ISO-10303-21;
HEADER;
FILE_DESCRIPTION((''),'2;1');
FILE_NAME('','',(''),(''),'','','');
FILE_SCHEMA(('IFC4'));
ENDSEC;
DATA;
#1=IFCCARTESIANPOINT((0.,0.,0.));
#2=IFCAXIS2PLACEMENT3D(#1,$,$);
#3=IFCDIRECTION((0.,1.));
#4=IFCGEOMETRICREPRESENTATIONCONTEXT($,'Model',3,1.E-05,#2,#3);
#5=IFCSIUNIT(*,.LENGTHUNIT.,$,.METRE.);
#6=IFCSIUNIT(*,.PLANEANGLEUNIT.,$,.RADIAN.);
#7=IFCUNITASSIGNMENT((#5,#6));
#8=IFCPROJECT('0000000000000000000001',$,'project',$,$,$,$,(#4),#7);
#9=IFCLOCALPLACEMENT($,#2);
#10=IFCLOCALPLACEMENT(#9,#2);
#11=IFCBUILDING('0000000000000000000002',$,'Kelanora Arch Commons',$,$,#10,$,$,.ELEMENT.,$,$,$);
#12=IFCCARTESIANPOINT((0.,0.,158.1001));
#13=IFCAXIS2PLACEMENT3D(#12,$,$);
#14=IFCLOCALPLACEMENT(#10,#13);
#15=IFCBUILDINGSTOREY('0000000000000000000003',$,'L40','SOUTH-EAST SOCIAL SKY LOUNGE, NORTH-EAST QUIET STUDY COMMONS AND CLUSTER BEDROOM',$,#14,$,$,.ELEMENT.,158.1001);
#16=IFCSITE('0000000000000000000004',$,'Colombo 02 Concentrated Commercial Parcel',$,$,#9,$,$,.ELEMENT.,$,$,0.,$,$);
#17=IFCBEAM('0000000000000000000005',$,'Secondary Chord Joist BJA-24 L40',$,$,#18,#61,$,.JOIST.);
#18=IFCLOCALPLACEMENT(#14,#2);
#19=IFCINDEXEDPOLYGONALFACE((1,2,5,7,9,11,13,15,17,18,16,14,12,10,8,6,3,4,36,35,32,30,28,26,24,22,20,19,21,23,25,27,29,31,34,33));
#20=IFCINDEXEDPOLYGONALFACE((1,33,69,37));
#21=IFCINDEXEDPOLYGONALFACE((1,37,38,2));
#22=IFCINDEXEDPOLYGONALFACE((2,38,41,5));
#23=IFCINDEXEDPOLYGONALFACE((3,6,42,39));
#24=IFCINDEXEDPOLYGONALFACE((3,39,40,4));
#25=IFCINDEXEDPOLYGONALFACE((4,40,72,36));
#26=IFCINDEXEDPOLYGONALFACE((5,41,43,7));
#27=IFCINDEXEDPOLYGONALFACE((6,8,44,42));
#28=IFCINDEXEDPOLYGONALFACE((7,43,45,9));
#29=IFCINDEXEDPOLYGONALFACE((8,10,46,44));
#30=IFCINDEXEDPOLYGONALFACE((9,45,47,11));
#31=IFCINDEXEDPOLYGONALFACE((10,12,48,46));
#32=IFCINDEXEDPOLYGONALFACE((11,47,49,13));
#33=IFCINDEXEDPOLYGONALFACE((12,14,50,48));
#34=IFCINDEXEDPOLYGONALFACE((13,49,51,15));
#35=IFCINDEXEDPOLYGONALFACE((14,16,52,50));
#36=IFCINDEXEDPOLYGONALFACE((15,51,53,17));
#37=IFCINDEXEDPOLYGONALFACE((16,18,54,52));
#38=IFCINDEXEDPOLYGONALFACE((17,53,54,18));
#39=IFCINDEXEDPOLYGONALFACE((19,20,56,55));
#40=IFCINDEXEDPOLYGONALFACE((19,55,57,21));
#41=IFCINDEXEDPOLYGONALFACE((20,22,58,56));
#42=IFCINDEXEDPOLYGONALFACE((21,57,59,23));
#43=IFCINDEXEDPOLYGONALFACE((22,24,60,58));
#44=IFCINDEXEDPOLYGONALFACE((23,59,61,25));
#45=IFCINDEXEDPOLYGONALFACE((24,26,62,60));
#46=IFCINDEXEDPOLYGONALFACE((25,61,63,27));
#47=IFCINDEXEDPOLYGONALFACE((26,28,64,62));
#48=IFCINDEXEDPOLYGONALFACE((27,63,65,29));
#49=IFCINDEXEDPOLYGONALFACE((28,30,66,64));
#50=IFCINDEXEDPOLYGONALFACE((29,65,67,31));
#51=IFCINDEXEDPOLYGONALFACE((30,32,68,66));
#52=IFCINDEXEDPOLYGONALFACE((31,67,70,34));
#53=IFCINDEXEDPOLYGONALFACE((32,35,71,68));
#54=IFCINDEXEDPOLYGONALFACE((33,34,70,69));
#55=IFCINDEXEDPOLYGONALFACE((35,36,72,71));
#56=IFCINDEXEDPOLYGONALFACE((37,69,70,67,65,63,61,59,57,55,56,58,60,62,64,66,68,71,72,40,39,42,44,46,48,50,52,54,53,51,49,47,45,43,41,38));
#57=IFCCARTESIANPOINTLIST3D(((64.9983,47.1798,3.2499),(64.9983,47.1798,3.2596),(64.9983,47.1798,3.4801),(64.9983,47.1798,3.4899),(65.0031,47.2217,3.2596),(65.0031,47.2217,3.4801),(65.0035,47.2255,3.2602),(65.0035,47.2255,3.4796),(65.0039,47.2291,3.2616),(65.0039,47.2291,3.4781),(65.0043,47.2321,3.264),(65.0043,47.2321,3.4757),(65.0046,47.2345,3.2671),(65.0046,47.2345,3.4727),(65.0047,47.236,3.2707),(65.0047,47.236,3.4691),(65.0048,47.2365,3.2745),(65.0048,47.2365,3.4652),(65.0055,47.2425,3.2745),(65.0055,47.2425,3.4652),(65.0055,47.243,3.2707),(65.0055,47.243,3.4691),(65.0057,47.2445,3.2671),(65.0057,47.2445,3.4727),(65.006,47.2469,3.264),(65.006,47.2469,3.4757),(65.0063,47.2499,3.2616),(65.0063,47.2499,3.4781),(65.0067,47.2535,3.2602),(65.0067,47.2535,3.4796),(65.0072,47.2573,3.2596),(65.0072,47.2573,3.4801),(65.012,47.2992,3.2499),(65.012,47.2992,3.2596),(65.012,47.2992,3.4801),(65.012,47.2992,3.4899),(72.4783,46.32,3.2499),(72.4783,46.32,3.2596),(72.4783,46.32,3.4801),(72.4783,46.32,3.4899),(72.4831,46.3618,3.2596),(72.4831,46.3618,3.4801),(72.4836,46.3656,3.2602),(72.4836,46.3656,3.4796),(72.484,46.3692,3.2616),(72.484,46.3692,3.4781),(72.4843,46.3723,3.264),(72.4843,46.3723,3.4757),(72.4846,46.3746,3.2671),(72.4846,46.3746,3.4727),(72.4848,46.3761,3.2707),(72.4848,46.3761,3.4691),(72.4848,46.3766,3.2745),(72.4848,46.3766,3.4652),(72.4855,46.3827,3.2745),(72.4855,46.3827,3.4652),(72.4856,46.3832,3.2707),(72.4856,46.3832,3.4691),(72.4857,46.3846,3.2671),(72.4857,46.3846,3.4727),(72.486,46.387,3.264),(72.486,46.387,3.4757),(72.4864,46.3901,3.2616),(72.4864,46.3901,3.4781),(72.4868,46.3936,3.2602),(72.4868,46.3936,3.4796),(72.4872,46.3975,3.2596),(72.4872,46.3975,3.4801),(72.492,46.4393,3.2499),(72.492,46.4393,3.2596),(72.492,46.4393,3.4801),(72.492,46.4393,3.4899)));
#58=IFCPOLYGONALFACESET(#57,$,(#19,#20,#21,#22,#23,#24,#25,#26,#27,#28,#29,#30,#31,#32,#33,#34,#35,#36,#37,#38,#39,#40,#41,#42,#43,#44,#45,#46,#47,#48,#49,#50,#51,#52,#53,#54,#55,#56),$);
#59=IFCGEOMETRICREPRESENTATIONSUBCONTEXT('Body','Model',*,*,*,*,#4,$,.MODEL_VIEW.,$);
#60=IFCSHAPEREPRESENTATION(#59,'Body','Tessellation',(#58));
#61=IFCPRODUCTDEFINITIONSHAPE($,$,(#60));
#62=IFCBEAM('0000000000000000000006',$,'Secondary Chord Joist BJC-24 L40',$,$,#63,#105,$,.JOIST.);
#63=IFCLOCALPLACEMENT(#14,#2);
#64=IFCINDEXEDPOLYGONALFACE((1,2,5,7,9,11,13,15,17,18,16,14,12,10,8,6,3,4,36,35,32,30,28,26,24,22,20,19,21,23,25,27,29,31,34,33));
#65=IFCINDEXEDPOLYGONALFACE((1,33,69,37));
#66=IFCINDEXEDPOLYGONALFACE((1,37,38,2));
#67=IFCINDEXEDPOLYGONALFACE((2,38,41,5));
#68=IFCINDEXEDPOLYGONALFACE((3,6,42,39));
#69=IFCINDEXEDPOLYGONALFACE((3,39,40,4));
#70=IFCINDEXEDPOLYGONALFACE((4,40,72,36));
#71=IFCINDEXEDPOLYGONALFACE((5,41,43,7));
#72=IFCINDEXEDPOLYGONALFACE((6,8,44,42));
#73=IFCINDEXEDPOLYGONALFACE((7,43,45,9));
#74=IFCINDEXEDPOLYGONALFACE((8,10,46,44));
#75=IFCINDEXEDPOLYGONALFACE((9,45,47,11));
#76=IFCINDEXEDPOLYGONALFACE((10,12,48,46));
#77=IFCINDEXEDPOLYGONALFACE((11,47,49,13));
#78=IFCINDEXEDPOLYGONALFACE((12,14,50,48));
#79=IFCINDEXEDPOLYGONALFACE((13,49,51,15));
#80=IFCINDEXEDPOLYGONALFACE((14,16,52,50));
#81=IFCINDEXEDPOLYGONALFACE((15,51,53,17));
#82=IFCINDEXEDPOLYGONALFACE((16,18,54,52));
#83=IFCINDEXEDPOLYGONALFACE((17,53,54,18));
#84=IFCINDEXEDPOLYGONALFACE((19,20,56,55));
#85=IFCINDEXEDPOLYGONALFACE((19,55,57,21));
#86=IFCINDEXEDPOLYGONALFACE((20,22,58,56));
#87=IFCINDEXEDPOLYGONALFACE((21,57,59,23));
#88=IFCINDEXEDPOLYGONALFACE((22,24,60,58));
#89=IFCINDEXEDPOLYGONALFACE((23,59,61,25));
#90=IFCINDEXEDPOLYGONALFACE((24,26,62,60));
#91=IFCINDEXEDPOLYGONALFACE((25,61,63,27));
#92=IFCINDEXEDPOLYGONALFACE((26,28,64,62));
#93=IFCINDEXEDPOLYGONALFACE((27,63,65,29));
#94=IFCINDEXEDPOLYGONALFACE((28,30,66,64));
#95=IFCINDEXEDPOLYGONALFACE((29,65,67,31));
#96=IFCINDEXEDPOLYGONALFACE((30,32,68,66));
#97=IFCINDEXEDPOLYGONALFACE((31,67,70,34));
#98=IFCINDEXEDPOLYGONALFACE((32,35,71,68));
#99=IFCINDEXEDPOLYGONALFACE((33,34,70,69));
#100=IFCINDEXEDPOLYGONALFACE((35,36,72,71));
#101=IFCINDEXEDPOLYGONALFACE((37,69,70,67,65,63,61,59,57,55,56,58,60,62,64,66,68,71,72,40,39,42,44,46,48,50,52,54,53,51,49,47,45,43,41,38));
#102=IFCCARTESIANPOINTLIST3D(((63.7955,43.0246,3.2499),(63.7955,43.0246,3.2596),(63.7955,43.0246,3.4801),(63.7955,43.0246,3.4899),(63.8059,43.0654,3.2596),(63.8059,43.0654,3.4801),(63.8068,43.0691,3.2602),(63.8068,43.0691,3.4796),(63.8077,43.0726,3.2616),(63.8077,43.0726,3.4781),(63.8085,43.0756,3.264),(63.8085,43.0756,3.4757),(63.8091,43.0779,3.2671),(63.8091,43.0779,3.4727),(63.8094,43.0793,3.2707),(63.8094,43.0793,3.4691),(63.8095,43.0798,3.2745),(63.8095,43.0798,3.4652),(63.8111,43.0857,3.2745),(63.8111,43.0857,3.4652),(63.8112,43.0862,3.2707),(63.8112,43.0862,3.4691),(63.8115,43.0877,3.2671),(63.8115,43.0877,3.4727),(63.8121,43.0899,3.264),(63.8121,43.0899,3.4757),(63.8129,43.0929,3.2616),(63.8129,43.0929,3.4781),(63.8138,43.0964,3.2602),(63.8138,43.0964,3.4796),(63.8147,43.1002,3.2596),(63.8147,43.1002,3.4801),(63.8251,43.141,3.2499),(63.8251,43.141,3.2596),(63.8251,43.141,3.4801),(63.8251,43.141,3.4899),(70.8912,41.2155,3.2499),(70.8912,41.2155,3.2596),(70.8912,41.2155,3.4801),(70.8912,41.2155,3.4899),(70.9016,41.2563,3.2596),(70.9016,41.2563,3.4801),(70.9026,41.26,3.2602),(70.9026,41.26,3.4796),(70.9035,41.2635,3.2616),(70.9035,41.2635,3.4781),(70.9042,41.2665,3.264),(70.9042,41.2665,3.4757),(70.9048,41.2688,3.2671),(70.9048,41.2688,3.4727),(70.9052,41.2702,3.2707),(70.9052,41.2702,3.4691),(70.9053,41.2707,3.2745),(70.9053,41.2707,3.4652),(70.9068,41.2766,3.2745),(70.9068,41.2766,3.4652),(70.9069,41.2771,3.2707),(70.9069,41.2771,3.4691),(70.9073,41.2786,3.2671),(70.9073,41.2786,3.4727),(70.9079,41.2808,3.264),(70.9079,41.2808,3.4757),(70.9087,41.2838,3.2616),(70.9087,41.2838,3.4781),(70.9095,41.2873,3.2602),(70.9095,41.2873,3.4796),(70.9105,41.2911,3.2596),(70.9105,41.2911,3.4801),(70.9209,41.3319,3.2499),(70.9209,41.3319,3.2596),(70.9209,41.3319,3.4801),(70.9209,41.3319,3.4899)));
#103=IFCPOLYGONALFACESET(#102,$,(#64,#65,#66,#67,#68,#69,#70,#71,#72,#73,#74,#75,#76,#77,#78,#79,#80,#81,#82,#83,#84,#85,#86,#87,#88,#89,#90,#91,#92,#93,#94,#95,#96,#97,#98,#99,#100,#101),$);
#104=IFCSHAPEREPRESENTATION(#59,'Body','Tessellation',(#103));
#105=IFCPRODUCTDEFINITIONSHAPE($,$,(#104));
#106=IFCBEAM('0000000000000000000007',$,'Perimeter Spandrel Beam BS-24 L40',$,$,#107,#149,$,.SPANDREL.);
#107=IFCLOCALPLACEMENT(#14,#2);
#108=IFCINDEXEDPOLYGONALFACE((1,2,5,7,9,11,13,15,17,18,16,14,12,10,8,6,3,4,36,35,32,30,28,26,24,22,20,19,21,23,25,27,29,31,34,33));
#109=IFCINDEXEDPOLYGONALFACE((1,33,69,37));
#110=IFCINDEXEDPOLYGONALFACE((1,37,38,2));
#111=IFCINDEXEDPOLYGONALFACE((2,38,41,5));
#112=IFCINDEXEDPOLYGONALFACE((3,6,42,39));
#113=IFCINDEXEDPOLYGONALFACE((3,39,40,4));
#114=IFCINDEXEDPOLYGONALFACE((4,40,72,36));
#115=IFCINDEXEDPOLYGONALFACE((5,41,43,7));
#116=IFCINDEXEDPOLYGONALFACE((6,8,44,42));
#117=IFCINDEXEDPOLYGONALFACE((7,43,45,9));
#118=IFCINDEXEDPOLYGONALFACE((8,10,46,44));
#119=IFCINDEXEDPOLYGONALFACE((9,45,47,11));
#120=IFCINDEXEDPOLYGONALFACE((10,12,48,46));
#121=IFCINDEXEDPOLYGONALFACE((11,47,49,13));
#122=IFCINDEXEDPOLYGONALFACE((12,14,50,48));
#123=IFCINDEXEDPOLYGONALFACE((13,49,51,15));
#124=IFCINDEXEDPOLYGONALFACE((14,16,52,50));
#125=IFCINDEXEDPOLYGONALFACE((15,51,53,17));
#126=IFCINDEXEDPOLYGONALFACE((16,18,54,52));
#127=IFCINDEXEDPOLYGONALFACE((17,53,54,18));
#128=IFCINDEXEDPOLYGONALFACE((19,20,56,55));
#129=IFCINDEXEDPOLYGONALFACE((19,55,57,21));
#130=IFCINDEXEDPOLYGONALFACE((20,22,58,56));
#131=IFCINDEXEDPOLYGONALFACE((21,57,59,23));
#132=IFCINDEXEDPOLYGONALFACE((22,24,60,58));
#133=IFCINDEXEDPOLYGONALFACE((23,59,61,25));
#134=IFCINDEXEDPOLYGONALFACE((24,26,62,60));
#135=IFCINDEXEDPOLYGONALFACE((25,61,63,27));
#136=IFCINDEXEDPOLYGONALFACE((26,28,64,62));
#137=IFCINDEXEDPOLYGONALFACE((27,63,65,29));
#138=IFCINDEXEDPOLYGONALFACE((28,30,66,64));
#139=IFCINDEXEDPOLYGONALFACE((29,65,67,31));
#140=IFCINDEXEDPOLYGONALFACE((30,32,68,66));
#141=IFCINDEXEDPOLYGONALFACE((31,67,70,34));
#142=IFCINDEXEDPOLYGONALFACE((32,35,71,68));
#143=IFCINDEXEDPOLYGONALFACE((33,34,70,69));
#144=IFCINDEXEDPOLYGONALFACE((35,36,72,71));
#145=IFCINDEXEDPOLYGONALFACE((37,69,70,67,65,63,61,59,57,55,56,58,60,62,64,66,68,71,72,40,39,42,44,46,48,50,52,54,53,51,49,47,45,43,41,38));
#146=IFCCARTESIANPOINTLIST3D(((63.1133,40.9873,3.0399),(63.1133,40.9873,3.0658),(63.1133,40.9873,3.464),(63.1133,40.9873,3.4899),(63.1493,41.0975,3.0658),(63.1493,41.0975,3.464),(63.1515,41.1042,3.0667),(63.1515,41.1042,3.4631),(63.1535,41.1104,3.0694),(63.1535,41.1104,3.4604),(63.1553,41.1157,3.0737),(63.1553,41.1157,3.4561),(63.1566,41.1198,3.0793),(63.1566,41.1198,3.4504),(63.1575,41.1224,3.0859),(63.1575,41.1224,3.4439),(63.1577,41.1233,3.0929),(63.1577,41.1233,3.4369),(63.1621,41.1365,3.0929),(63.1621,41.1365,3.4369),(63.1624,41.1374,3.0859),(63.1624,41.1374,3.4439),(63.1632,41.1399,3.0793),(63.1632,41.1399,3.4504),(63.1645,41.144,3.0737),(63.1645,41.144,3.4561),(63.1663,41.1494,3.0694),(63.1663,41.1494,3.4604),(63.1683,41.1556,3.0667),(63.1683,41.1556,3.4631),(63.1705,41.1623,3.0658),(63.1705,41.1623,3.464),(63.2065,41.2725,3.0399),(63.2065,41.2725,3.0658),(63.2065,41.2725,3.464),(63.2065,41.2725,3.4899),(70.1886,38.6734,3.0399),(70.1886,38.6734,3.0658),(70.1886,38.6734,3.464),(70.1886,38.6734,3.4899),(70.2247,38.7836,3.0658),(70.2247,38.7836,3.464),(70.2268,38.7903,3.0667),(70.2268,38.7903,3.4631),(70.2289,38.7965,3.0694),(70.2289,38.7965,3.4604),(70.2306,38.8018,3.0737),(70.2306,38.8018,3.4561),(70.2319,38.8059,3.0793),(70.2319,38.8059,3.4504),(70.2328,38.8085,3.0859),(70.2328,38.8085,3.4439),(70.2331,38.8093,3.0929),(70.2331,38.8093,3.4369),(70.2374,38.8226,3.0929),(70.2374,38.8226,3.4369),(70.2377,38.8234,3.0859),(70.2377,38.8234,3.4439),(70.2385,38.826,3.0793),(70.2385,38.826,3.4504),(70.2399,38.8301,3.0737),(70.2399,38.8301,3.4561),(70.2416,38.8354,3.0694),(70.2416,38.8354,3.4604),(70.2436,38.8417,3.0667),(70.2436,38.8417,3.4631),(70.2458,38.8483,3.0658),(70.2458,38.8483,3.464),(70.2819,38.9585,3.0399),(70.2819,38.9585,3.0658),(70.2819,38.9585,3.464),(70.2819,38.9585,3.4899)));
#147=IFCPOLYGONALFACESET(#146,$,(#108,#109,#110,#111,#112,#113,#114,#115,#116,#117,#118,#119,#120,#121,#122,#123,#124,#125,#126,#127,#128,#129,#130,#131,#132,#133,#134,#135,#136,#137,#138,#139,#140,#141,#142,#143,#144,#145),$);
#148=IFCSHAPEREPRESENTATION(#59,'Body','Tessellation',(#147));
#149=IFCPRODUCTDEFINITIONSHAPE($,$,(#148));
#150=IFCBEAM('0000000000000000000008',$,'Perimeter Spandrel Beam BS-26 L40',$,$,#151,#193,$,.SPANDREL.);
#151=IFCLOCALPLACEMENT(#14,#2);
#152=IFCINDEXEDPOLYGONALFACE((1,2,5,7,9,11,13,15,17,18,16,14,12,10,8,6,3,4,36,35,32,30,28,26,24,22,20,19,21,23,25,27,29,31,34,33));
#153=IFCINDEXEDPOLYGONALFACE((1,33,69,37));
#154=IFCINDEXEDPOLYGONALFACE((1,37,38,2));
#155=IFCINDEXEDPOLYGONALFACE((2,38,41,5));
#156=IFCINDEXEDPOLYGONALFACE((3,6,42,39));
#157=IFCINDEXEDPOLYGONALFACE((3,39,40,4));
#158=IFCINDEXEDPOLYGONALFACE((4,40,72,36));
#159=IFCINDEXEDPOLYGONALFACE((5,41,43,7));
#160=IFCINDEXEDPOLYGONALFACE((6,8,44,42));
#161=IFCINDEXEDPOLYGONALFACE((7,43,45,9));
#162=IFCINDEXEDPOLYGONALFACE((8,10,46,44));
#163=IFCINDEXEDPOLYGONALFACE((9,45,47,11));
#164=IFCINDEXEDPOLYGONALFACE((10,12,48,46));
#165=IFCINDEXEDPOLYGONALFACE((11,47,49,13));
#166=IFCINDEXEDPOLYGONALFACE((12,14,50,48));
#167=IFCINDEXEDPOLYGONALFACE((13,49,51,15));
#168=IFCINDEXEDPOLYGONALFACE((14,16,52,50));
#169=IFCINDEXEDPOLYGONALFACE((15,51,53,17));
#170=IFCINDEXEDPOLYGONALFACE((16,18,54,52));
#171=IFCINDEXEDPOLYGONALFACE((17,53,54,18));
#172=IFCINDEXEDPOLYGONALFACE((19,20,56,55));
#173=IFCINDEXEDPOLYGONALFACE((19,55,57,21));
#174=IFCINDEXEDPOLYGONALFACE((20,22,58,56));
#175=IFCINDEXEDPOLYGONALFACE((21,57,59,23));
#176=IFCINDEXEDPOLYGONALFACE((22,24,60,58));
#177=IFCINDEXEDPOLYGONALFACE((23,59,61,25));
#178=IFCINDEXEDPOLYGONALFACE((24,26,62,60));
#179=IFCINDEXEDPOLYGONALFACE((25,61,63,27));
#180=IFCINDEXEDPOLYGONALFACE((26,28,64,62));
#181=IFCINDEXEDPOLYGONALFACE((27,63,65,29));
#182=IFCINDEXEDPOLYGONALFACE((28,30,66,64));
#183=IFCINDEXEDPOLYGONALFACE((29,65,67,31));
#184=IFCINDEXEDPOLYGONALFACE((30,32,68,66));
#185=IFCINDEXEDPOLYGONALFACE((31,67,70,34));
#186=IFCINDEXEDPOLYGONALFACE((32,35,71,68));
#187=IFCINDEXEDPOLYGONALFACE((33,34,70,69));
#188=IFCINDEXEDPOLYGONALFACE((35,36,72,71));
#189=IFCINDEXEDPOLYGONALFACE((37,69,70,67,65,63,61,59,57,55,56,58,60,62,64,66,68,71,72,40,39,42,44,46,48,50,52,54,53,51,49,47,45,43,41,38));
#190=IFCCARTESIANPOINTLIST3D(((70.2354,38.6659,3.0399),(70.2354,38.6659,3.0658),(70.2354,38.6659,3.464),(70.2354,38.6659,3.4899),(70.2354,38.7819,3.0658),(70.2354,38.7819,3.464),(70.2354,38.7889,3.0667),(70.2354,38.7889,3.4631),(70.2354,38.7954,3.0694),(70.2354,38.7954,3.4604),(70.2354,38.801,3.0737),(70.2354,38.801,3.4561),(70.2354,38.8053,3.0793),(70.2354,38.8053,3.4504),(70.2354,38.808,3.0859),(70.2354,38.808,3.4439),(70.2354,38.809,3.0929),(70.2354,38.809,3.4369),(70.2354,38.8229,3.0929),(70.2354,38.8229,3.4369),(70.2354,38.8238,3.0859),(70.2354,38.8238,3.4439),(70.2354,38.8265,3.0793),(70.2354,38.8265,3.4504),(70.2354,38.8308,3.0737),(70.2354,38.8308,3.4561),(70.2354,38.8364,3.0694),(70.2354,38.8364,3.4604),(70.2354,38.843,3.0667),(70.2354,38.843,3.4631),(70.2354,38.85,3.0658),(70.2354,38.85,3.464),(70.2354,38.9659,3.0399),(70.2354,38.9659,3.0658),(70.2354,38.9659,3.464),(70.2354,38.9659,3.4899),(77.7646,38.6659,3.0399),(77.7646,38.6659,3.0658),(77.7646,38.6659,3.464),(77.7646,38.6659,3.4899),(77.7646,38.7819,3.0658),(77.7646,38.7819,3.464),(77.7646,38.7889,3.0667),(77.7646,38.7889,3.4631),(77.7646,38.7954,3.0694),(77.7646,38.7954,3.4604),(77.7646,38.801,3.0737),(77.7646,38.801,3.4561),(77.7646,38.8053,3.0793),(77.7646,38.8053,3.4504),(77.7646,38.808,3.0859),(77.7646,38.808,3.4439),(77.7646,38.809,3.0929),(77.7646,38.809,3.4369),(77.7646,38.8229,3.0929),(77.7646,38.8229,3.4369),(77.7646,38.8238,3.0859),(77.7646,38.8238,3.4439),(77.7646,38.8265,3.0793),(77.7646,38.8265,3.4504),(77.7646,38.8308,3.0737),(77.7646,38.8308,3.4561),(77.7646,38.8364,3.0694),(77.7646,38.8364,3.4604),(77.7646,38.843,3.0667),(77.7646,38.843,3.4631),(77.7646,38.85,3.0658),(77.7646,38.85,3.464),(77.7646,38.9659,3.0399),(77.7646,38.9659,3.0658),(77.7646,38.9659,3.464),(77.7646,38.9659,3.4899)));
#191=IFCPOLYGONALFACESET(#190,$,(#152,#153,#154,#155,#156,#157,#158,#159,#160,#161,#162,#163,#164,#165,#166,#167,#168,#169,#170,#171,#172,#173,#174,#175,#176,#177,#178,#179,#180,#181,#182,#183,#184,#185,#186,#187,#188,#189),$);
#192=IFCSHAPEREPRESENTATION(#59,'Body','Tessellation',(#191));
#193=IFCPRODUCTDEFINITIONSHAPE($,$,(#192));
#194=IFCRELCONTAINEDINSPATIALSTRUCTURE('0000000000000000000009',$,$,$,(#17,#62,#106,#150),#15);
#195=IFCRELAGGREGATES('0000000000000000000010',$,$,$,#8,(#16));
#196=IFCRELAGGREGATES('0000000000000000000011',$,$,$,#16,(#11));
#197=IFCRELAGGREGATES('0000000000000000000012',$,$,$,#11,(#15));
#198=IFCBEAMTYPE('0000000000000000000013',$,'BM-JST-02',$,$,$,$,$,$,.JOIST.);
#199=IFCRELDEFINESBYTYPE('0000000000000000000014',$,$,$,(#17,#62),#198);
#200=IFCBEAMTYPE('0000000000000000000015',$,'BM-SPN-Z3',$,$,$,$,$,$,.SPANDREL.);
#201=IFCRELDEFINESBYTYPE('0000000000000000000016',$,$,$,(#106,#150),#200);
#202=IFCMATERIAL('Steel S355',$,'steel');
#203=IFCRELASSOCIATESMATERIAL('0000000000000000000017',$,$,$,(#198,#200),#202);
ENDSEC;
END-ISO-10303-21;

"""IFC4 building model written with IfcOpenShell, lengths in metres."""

from ifc_helpers import new_model, si_unit, direction, frame, origin, origin_2d, place, context, subcontext, project, spatial, i_section, extrude, material, material_profile, profile_set, type_object, element, save


model = new_model("IFC4")

# Units and contexts
model_context = context("Model", 3, precision=1e-05, world=origin(), true_north=direction((0.0, 1.0)))
body_context = subcontext(model_context, "Body", "Model", "MODEL_VIEW")
ifc_project = project(units=[si_unit("LENGTHUNIT", "METRE"), si_unit("PLANEANGLEUNIT", "RADIAN")], contexts=[model_context])

# Site, building, storey
site_placement = place(None, origin())
site = spatial("IfcSite", under=ifc_project, at=site_placement, Name="Colombo 02 Concentrated Commercial Parcel", CompositionType="ELEMENT", RefElevation=0.0)
building_placement = place(site_placement, origin())
building = spatial("IfcBuilding", under=site, at=building_placement, Name="Kelanora Arch Commons", CompositionType="ELEMENT")
storey_placement = place(building_placement, frame((0.0, 0.0, 158.1001)))
storey = spatial("IfcBuildingStorey", under=building, at=storey_placement, Name="L40", Description="SOUTH-EAST SOCIAL SKY LOUNGE, NORTH-EAST QUIET STUDY COMMONS AND CLUSTER BEDROOM", CompositionType="ELEMENT", Elevation=158.1001)

# Beams
ifc_material_1 = material(Name="Steel S355", Category="steel")
ifc_material_profile_1 = material_profile(ifc_material_1, i_section(OverallWidth=0.1201, OverallDepth=0.24, WebThickness=0.0061, FlangeThickness=0.0098, FilletRadius=0.0149, at=origin_2d()), Name="IPE240")
ifc_profile_set_1 = profile_set([ifc_material_profile_1], Name="Steel S355")
beam_type_1 = type_object("IfcBeamType", Name="BM-JST-02", PredefinedType="JOIST", material=ifc_profile_set_1)
beam_1_placement = place(storey_placement, frame((65.0051, 47.2395, 3.3699), z_axis=(0.993457, -0.114203, 0.0), x_axis=(0.114203, 0.993457, 0.0)))
element("IfcBeam", 1, at=beam_1_placement, inside=storey, type_object=beam_type_1, Name="Secondary Chord Joist BJA-24 L40", PredefinedType="JOIST", context=body_context, shape_type="SweptSolid", body=[
    extrude(i_section(OverallWidth=0.1201, OverallDepth=0.24, WebThickness=0.0061, FlangeThickness=0.0098, FilletRadius=0.0149, at=origin_2d()), origin(), (0.0, 0.0, 1.0), 7.5293),
])
beam_2_placement = place(storey_placement, frame((63.8103, 43.0828, 3.3699), z_axis=(0.969002, -0.247052, 0.0), x_axis=(0.247052, 0.969002, 0.0)))
element("IfcBeam", 2, at=beam_2_placement, inside=storey, type_object=beam_type_1, Name="Secondary Chord Joist BJC-24 L40", PredefinedType="JOIST", context=body_context, shape_type="SweptSolid", body=[
    extrude(i_section(OverallWidth=0.1201, OverallDepth=0.24, WebThickness=0.0061, FlangeThickness=0.0098, FilletRadius=0.0149, at=origin_2d()), origin(), (0.0, 0.0, 1.0), 7.3228),
])
ifc_material_profile_2 = material_profile(ifc_material_1, i_section(OverallWidth=0.3, OverallDepth=0.45, WebThickness=0.0139, FlangeThickness=0.0259, FilletRadius=0.0271, at=origin_2d()), Name="HEB450")
ifc_profile_set_2 = profile_set([ifc_material_profile_2], Name="Steel S355")
beam_type_2 = type_object("IfcBeamType", Name="BM-SPN-Z3", PredefinedType="SPANDREL", material=ifc_profile_set_2)
beam_3_placement = place(storey_placement, frame((63.1599, 41.1299, 3.2649), z_axis=(0.950462, -0.310841, 0.0), x_axis=(0.310841, 0.950462, 0.0)))
element("IfcBeam", 3, at=beam_3_placement, inside=storey, type_object=beam_type_2, Name="Perimeter Spandrel Beam BS-24 L40", PredefinedType="SPANDREL", context=body_context, shape_type="SweptSolid", body=[
    extrude(i_section(OverallWidth=0.3, OverallDepth=0.45, WebThickness=0.0139, FlangeThickness=0.0259, FilletRadius=0.0271, at=origin_2d()), origin(), (0.0, 0.0, 1.0), 7.4441),
])
beam_4_placement = place(storey_placement, frame((70.2354, 38.8159, 3.2649), z_axis=(1.0, 0.0, 0.0), x_axis=(0.0, 1.0, 0.0)))
element("IfcBeam", 4, at=beam_4_placement, inside=storey, type_object=beam_type_2, Name="Perimeter Spandrel Beam BS-26 L40", PredefinedType="SPANDREL", context=body_context, shape_type="SweptSolid", body=[
    extrude(i_section(OverallWidth=0.3, OverallDepth=0.45, WebThickness=0.0139, FlangeThickness=0.0259, FilletRadius=0.0271, at=origin_2d()), origin(), (0.0, 0.0, 1.0), 7.5293),
])

save(model, "model.ifc")
